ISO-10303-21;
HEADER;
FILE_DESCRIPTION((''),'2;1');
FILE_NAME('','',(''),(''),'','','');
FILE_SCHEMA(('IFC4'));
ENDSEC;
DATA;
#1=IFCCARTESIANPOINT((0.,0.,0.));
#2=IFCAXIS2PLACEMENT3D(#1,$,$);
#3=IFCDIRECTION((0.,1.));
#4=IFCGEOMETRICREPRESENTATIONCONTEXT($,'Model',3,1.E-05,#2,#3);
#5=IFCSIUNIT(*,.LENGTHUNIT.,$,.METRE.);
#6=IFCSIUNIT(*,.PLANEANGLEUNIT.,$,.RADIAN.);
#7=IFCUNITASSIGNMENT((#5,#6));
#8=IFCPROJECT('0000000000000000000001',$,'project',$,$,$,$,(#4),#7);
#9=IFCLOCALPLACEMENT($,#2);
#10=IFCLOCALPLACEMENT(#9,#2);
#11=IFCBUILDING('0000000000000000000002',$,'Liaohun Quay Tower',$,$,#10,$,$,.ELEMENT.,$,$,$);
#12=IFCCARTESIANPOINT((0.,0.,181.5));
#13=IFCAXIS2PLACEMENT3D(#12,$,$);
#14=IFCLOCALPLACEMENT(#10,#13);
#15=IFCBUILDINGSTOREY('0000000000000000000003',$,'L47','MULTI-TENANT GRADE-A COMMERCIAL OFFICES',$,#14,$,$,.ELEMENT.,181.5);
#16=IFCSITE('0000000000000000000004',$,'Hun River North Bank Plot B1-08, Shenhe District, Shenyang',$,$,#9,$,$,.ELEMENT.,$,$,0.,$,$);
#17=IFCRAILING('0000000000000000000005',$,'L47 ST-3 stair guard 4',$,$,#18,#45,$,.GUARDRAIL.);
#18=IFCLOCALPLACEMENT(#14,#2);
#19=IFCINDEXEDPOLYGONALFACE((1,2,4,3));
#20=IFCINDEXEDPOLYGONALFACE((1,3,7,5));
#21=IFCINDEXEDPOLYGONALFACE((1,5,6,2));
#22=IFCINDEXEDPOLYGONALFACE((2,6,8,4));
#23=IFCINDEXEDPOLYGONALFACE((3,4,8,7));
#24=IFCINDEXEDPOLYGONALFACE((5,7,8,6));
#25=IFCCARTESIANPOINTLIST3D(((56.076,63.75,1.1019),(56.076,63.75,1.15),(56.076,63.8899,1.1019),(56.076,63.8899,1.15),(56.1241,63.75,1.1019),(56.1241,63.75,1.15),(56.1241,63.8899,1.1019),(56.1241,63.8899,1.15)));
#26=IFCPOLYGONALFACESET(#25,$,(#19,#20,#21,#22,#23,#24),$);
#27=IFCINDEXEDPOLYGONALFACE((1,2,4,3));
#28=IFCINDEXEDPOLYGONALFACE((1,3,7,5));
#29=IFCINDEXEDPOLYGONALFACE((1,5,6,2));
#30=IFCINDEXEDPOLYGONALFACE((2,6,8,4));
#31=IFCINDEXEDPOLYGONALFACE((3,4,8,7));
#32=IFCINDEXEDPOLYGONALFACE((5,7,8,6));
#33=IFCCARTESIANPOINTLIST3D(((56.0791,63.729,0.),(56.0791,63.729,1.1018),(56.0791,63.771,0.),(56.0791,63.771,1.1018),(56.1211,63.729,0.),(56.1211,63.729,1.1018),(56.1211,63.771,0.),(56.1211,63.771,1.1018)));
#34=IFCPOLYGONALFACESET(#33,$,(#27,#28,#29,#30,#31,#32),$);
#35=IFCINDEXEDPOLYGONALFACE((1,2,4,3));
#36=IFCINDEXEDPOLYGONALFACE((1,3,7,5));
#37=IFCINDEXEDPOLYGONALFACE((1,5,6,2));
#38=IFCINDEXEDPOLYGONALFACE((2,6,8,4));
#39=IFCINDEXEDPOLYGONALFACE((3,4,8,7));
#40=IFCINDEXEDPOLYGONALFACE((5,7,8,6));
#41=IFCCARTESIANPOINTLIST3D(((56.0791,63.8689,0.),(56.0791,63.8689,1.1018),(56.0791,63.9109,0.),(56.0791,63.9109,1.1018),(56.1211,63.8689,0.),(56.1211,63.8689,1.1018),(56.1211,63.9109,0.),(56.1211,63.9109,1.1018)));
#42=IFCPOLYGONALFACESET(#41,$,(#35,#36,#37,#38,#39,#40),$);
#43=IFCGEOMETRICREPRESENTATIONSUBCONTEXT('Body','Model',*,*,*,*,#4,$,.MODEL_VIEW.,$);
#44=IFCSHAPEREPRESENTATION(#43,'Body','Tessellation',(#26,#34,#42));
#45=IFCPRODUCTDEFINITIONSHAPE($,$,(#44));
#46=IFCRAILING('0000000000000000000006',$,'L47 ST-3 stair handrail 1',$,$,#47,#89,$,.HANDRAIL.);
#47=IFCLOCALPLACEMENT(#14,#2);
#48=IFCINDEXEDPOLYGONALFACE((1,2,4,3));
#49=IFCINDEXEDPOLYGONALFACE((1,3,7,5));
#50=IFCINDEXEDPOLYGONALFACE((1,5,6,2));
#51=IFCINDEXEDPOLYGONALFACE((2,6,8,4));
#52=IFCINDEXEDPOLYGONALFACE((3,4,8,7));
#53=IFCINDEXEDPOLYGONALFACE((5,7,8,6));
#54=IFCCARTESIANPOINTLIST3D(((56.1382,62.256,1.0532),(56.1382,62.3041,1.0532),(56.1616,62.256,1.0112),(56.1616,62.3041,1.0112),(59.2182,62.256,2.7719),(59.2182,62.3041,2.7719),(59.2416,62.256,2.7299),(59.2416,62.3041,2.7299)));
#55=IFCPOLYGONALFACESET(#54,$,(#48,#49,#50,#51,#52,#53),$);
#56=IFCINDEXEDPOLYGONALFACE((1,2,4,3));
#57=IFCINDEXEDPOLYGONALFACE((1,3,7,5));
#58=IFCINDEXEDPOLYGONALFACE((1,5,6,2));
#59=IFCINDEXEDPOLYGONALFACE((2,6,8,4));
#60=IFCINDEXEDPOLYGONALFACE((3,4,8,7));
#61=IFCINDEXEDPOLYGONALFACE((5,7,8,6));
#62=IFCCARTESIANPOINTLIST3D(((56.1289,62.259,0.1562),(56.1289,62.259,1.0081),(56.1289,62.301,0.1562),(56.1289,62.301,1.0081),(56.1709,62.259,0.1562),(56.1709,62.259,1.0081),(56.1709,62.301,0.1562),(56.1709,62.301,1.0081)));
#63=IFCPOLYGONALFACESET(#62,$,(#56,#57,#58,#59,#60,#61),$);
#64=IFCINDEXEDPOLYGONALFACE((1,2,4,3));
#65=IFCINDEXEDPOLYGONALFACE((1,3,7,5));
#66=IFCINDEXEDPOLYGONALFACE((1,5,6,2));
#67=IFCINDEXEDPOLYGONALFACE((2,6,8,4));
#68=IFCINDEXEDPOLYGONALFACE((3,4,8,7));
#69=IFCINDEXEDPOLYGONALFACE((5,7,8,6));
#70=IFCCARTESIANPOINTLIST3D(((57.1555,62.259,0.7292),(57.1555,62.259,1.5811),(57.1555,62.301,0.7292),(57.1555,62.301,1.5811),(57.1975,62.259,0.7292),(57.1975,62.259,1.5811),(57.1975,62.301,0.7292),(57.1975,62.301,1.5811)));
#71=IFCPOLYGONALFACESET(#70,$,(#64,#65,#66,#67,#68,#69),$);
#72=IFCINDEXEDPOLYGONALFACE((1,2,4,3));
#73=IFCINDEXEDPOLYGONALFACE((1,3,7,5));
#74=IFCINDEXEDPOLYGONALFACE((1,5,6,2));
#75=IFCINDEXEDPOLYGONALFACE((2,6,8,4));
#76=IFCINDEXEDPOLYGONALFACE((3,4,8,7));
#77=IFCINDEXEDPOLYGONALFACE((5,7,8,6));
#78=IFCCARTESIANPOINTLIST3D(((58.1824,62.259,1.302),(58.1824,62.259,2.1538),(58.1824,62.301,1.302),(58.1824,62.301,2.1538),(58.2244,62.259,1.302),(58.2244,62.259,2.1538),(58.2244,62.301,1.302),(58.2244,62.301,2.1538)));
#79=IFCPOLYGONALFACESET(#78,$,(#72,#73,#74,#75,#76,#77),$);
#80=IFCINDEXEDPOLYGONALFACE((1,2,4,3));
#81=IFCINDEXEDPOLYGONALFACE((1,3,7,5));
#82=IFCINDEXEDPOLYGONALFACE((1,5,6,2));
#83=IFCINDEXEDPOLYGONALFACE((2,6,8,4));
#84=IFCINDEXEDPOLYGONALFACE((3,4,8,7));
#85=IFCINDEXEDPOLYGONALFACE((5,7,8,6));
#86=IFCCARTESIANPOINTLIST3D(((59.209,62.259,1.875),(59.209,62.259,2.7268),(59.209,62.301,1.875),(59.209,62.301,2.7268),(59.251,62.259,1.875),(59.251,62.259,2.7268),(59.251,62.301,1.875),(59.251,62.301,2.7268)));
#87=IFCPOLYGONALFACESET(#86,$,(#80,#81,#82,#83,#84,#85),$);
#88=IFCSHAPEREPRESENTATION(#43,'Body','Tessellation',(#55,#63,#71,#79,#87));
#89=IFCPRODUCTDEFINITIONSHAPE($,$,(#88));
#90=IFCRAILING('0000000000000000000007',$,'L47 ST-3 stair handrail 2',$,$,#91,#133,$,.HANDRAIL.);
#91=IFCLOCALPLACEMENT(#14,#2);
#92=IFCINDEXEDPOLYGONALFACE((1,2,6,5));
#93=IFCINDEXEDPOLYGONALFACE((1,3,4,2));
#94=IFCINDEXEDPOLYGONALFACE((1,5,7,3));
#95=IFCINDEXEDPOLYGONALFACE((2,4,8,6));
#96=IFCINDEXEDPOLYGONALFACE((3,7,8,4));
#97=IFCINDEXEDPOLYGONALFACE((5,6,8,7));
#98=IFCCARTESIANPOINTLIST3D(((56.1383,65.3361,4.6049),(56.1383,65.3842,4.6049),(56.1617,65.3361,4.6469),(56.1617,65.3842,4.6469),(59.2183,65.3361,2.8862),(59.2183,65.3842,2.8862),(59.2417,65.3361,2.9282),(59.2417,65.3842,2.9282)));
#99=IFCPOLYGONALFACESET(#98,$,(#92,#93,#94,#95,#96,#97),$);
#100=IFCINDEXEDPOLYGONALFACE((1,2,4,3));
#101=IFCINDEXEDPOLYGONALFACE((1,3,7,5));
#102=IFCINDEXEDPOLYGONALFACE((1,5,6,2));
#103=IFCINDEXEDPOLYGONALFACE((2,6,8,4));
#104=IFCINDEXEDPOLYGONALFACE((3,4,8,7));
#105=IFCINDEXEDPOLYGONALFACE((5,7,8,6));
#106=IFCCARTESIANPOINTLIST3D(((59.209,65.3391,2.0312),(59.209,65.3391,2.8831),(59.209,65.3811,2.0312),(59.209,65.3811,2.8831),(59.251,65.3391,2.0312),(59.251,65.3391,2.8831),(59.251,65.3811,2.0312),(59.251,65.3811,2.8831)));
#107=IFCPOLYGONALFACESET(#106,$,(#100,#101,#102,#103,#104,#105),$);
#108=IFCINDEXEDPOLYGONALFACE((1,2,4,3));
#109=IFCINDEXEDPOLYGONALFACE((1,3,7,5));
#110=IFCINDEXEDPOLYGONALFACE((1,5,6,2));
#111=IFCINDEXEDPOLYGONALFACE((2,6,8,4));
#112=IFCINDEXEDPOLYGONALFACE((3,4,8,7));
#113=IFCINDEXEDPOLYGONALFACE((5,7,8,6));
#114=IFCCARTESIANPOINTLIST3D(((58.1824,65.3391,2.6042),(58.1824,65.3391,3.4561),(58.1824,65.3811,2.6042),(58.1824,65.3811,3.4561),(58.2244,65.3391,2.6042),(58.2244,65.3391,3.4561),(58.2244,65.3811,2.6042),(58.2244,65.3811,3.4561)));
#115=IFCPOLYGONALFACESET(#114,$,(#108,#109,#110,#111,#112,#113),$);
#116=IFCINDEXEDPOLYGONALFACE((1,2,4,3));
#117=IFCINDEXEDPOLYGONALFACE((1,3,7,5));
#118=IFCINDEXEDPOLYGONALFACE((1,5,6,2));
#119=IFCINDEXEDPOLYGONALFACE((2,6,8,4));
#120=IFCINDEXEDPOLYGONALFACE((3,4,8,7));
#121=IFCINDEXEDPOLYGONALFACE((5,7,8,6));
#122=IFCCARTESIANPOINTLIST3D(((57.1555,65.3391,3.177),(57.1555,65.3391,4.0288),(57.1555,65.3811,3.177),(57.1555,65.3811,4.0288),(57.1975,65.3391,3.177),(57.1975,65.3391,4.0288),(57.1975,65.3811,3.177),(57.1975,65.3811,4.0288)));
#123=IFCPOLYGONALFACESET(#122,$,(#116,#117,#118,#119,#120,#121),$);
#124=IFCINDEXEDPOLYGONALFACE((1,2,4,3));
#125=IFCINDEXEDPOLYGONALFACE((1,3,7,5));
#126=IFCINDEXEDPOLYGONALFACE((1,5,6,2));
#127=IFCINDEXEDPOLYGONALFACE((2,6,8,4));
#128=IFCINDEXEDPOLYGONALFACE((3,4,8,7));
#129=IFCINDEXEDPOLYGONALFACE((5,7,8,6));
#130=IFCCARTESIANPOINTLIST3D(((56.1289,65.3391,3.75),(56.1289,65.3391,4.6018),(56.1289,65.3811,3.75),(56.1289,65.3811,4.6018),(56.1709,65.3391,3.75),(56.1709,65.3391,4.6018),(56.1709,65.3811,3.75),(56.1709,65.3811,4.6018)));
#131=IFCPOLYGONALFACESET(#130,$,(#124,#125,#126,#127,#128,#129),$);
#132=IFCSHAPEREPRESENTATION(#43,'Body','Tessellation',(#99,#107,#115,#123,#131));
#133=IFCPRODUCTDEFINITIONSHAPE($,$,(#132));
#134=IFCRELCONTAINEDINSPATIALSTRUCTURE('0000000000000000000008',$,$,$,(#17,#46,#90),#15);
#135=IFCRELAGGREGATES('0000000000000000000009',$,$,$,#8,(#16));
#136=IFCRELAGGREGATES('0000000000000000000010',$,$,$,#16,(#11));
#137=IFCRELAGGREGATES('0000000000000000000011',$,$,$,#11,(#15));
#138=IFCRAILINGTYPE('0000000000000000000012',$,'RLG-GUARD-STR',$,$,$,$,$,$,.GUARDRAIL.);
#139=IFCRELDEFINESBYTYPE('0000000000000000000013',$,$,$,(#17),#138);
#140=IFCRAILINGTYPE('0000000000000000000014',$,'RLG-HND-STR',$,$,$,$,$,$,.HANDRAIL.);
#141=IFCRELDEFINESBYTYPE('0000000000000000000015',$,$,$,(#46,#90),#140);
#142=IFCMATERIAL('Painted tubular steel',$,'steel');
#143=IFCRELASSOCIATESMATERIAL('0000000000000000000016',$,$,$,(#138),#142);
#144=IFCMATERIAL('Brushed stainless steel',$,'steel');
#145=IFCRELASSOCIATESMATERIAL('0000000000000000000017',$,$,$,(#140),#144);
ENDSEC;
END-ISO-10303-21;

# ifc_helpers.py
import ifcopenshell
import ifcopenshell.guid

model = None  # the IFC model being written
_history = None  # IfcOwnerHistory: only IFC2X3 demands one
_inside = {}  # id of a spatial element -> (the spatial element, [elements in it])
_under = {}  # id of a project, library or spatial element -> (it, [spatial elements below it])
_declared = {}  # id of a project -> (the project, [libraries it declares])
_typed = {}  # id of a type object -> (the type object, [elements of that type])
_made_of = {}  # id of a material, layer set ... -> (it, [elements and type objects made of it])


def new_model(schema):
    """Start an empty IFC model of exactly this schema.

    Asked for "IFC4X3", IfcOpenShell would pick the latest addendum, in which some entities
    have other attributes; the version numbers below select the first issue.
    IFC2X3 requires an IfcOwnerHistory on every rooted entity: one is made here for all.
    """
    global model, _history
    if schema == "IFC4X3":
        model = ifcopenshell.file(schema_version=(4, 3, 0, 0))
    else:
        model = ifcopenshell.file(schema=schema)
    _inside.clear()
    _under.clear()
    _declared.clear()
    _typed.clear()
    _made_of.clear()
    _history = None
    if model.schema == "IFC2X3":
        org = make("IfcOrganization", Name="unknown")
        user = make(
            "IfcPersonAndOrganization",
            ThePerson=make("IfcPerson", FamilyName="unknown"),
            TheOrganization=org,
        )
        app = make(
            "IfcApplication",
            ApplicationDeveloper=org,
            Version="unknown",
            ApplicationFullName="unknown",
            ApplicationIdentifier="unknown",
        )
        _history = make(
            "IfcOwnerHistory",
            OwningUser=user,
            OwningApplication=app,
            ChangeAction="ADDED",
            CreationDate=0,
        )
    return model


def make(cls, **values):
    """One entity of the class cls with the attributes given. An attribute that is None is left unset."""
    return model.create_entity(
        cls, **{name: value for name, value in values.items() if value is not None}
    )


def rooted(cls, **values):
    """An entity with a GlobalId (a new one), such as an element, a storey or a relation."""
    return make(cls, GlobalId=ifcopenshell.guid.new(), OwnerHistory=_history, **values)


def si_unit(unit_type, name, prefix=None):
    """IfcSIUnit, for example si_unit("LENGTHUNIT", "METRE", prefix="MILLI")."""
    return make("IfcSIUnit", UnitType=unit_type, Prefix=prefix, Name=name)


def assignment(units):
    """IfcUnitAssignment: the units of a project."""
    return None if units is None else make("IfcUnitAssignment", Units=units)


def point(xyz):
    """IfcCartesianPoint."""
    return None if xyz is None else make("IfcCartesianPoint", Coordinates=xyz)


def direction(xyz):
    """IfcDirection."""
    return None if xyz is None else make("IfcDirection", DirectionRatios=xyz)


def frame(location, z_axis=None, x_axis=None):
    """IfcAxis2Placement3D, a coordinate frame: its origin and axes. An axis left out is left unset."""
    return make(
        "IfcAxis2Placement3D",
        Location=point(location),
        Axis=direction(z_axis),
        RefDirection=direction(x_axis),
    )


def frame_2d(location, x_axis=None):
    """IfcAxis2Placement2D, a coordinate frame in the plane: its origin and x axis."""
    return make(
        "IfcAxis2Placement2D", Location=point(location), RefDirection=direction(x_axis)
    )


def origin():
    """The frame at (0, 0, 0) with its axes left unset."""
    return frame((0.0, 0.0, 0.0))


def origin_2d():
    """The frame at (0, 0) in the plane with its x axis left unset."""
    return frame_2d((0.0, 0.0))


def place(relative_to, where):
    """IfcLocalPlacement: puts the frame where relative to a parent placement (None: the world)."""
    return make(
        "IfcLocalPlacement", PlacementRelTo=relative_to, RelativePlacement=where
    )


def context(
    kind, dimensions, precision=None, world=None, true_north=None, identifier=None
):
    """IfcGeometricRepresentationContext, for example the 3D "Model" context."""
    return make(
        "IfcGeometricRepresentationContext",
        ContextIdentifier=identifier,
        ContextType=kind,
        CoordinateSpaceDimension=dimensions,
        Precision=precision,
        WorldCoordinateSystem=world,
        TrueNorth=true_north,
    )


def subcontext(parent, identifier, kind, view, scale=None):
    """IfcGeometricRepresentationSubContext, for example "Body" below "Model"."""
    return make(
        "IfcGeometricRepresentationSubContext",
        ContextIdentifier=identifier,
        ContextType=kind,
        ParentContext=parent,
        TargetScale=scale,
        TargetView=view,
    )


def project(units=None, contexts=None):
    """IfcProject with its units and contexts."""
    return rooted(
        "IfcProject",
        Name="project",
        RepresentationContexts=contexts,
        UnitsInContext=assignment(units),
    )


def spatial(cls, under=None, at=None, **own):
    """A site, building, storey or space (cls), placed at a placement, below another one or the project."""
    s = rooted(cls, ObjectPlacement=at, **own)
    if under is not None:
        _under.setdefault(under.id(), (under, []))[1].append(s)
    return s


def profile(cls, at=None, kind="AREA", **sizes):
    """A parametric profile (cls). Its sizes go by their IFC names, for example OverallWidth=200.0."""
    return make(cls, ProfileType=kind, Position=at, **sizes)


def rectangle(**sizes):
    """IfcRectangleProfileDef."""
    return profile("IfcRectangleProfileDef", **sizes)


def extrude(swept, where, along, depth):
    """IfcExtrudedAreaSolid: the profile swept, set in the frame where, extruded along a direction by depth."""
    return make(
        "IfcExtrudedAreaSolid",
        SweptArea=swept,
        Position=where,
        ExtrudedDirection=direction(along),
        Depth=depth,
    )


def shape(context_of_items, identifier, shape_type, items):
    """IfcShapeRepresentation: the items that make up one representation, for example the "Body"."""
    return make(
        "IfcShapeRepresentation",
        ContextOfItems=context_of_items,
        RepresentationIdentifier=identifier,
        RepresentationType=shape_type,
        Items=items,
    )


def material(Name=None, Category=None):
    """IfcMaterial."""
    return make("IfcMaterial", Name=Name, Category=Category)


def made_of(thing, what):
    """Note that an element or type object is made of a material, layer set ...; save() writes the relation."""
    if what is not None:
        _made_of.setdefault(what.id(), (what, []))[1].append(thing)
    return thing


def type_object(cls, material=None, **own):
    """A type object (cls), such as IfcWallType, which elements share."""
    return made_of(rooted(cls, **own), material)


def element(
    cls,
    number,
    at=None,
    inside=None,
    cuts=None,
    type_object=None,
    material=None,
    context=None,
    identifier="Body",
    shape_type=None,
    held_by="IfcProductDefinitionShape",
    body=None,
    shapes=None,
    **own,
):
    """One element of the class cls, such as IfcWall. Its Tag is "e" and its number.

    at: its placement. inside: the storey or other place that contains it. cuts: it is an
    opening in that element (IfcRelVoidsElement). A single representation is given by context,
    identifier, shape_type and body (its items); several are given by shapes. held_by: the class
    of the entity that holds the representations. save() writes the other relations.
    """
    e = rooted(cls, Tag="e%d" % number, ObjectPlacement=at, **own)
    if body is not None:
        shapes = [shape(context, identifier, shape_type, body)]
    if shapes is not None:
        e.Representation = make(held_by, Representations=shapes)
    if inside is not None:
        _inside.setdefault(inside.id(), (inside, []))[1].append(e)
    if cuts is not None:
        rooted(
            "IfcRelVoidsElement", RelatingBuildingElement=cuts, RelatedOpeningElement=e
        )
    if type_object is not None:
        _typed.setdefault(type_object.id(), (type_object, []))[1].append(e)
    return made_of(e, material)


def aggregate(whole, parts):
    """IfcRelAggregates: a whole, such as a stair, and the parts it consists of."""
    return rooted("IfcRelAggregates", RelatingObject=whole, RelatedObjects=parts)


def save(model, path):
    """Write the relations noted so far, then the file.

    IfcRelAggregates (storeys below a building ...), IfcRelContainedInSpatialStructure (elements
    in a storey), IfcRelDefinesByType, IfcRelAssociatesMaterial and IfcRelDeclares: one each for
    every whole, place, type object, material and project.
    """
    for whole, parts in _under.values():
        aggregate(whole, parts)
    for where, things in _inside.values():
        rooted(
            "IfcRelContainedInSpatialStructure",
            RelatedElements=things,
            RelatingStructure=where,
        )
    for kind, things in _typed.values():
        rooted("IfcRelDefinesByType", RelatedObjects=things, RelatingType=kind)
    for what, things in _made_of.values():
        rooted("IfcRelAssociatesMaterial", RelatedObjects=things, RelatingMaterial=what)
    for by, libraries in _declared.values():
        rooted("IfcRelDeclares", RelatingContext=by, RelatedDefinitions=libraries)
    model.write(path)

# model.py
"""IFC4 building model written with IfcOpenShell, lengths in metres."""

from ifc_helpers import new_model, si_unit, direction, frame, origin, origin_2d, place, context, subcontext, project, spatial, rectangle, extrude, material, type_object, element, save


model = new_model("IFC4")

# Units and contexts
model_context = context("Model", 3, precision=1e-05, world=origin(), true_north=direction((0.0, 1.0)))
body_context = subcontext(model_context, "Body", "Model", "MODEL_VIEW")
ifc_project = project(units=[si_unit("LENGTHUNIT", "METRE"), si_unit("PLANEANGLEUNIT", "RADIAN")], contexts=[model_context])

# Site, building, storey
site_placement = place(None, origin())
site = spatial("IfcSite", under=ifc_project, at=site_placement, Name="Hun River North Bank Plot B1-08, Shenhe District, Shenyang", CompositionType="ELEMENT", RefElevation=0.0)
building_placement = place(site_placement, origin())
building = spatial("IfcBuilding", under=site, at=building_placement, Name="Liaohun Quay Tower", CompositionType="ELEMENT")
storey_placement = place(building_placement, frame((0.0, 0.0, 181.5)))
storey = spatial("IfcBuildingStorey", under=building, at=storey_placement, Name="L47", Description="MULTI-TENANT GRADE-A COMMERCIAL OFFICES", CompositionType="ELEMENT", Elevation=181.5)

# Railings
ifc_material_1 = material(Name="Painted tubular steel", Category="steel")
railing_type_1 = type_object("IfcRailingType", Name="RLG-GUARD-STR", PredefinedType="GUARDRAIL", material=ifc_material_1)
railing_1_placement = place(storey_placement, frame((56.1001, 63.75, 0.0)))
element("IfcRailing", 1, at=railing_1_placement, inside=storey, type_object=railing_type_1, Name="L47 ST-3 stair guard 4", PredefinedType="GUARDRAIL", context=body_context, shape_type="SweptSolid", body=[
    extrude(rectangle(XDim=0.0481, YDim=0.0481, at=origin_2d()), frame((0.0, 0.0, 1.126), z_axis=(0.0, 1.0, 0.0), x_axis=(-1.0, 0.0, 0.0)), (0.0, 0.0, 1.0), 0.1399),
    extrude(rectangle(XDim=0.042, YDim=0.042, at=origin_2d()), origin(), (0.0, 0.0, 1.0), 1.1018),
    extrude(rectangle(XDim=0.042, YDim=0.042, at=origin_2d()), frame((0.0, 0.1399, 0.0)), (0.0, 0.0, 1.0), 1.1018),
])
ifc_material_2 = material(Name="Brushed stainless steel", Category="steel")
railing_type_2 = type_object("IfcRailingType", Name="RLG-HND-STR", PredefinedType="HANDRAIL", material=ifc_material_2)
railing_2_placement = place(storey_placement, frame((56.1499, 62.28, 0.1562)))
element("IfcRailing", 2, at=railing_2_placement, inside=storey, type_object=railing_type_2, Name="L47 ST-3 stair handrail 1", PredefinedType="HANDRAIL", context=body_context, shape_type="SweptSolid", body=[
    extrude(rectangle(XDim=0.0481, YDim=0.0481, at=origin_2d()), frame((0.0, 0.0, 0.876), z_axis=(0.873242, 0.0, 0.487288), x_axis=(0.0, 1.0, 0.0)), (0.0, 0.0, 1.0), 3.5271),
    extrude(rectangle(XDim=0.042, YDim=0.042, at=origin_2d()), origin(), (0.0, 0.0, 1.0), 0.8518),
    extrude(rectangle(XDim=0.042, YDim=0.042, at=origin_2d()), frame((1.0266, 0.0, 0.573)), (0.0, 0.0, 1.0), 0.8518),
    extrude(rectangle(XDim=0.042, YDim=0.042, at=origin_2d()), frame((2.0535, 0.0, 1.1458)), (0.0, 0.0, 1.0), 0.8518),
    extrude(rectangle(XDim=0.042, YDim=0.042, at=origin_2d()), frame((3.0801, 0.0, 1.7188)), (0.0, 0.0, 1.0), 0.8518),
])
railing_3_placement = place(storey_placement, frame((59.23, 65.3601, 2.0312)))
element("IfcRailing", 3, at=railing_3_placement, inside=storey, type_object=railing_type_2, Name="L47 ST-3 stair handrail 2", PredefinedType="HANDRAIL", context=body_context, shape_type="SweptSolid", body=[
    extrude(rectangle(XDim=0.0481, YDim=0.0481, at=origin_2d()), frame((0.0, 0.0, 0.876), z_axis=(-0.873242, 0.0, 0.487288), x_axis=(0.0, -1.0, 0.0)), (0.0, 0.0, 1.0), 3.5271),
    extrude(rectangle(XDim=0.042, YDim=0.042, at=origin_2d()), origin(), (0.0, 0.0, 1.0), 0.8518),
    extrude(rectangle(XDim=0.042, YDim=0.042, at=origin_2d()), frame((-1.0266, 0.0, 0.573)), (0.0, 0.0, 1.0), 0.8518),
    extrude(rectangle(XDim=0.042, YDim=0.042, at=origin_2d()), frame((-2.0535, 0.0, 1.1458)), (0.0, 0.0, 1.0), 0.8518),
    extrude(rectangle(XDim=0.042, YDim=0.042, at=origin_2d()), frame((-3.0801, 0.0, 1.7188)), (0.0, 0.0, 1.0), 0.8518),
])

save(model, "model.ifc")
